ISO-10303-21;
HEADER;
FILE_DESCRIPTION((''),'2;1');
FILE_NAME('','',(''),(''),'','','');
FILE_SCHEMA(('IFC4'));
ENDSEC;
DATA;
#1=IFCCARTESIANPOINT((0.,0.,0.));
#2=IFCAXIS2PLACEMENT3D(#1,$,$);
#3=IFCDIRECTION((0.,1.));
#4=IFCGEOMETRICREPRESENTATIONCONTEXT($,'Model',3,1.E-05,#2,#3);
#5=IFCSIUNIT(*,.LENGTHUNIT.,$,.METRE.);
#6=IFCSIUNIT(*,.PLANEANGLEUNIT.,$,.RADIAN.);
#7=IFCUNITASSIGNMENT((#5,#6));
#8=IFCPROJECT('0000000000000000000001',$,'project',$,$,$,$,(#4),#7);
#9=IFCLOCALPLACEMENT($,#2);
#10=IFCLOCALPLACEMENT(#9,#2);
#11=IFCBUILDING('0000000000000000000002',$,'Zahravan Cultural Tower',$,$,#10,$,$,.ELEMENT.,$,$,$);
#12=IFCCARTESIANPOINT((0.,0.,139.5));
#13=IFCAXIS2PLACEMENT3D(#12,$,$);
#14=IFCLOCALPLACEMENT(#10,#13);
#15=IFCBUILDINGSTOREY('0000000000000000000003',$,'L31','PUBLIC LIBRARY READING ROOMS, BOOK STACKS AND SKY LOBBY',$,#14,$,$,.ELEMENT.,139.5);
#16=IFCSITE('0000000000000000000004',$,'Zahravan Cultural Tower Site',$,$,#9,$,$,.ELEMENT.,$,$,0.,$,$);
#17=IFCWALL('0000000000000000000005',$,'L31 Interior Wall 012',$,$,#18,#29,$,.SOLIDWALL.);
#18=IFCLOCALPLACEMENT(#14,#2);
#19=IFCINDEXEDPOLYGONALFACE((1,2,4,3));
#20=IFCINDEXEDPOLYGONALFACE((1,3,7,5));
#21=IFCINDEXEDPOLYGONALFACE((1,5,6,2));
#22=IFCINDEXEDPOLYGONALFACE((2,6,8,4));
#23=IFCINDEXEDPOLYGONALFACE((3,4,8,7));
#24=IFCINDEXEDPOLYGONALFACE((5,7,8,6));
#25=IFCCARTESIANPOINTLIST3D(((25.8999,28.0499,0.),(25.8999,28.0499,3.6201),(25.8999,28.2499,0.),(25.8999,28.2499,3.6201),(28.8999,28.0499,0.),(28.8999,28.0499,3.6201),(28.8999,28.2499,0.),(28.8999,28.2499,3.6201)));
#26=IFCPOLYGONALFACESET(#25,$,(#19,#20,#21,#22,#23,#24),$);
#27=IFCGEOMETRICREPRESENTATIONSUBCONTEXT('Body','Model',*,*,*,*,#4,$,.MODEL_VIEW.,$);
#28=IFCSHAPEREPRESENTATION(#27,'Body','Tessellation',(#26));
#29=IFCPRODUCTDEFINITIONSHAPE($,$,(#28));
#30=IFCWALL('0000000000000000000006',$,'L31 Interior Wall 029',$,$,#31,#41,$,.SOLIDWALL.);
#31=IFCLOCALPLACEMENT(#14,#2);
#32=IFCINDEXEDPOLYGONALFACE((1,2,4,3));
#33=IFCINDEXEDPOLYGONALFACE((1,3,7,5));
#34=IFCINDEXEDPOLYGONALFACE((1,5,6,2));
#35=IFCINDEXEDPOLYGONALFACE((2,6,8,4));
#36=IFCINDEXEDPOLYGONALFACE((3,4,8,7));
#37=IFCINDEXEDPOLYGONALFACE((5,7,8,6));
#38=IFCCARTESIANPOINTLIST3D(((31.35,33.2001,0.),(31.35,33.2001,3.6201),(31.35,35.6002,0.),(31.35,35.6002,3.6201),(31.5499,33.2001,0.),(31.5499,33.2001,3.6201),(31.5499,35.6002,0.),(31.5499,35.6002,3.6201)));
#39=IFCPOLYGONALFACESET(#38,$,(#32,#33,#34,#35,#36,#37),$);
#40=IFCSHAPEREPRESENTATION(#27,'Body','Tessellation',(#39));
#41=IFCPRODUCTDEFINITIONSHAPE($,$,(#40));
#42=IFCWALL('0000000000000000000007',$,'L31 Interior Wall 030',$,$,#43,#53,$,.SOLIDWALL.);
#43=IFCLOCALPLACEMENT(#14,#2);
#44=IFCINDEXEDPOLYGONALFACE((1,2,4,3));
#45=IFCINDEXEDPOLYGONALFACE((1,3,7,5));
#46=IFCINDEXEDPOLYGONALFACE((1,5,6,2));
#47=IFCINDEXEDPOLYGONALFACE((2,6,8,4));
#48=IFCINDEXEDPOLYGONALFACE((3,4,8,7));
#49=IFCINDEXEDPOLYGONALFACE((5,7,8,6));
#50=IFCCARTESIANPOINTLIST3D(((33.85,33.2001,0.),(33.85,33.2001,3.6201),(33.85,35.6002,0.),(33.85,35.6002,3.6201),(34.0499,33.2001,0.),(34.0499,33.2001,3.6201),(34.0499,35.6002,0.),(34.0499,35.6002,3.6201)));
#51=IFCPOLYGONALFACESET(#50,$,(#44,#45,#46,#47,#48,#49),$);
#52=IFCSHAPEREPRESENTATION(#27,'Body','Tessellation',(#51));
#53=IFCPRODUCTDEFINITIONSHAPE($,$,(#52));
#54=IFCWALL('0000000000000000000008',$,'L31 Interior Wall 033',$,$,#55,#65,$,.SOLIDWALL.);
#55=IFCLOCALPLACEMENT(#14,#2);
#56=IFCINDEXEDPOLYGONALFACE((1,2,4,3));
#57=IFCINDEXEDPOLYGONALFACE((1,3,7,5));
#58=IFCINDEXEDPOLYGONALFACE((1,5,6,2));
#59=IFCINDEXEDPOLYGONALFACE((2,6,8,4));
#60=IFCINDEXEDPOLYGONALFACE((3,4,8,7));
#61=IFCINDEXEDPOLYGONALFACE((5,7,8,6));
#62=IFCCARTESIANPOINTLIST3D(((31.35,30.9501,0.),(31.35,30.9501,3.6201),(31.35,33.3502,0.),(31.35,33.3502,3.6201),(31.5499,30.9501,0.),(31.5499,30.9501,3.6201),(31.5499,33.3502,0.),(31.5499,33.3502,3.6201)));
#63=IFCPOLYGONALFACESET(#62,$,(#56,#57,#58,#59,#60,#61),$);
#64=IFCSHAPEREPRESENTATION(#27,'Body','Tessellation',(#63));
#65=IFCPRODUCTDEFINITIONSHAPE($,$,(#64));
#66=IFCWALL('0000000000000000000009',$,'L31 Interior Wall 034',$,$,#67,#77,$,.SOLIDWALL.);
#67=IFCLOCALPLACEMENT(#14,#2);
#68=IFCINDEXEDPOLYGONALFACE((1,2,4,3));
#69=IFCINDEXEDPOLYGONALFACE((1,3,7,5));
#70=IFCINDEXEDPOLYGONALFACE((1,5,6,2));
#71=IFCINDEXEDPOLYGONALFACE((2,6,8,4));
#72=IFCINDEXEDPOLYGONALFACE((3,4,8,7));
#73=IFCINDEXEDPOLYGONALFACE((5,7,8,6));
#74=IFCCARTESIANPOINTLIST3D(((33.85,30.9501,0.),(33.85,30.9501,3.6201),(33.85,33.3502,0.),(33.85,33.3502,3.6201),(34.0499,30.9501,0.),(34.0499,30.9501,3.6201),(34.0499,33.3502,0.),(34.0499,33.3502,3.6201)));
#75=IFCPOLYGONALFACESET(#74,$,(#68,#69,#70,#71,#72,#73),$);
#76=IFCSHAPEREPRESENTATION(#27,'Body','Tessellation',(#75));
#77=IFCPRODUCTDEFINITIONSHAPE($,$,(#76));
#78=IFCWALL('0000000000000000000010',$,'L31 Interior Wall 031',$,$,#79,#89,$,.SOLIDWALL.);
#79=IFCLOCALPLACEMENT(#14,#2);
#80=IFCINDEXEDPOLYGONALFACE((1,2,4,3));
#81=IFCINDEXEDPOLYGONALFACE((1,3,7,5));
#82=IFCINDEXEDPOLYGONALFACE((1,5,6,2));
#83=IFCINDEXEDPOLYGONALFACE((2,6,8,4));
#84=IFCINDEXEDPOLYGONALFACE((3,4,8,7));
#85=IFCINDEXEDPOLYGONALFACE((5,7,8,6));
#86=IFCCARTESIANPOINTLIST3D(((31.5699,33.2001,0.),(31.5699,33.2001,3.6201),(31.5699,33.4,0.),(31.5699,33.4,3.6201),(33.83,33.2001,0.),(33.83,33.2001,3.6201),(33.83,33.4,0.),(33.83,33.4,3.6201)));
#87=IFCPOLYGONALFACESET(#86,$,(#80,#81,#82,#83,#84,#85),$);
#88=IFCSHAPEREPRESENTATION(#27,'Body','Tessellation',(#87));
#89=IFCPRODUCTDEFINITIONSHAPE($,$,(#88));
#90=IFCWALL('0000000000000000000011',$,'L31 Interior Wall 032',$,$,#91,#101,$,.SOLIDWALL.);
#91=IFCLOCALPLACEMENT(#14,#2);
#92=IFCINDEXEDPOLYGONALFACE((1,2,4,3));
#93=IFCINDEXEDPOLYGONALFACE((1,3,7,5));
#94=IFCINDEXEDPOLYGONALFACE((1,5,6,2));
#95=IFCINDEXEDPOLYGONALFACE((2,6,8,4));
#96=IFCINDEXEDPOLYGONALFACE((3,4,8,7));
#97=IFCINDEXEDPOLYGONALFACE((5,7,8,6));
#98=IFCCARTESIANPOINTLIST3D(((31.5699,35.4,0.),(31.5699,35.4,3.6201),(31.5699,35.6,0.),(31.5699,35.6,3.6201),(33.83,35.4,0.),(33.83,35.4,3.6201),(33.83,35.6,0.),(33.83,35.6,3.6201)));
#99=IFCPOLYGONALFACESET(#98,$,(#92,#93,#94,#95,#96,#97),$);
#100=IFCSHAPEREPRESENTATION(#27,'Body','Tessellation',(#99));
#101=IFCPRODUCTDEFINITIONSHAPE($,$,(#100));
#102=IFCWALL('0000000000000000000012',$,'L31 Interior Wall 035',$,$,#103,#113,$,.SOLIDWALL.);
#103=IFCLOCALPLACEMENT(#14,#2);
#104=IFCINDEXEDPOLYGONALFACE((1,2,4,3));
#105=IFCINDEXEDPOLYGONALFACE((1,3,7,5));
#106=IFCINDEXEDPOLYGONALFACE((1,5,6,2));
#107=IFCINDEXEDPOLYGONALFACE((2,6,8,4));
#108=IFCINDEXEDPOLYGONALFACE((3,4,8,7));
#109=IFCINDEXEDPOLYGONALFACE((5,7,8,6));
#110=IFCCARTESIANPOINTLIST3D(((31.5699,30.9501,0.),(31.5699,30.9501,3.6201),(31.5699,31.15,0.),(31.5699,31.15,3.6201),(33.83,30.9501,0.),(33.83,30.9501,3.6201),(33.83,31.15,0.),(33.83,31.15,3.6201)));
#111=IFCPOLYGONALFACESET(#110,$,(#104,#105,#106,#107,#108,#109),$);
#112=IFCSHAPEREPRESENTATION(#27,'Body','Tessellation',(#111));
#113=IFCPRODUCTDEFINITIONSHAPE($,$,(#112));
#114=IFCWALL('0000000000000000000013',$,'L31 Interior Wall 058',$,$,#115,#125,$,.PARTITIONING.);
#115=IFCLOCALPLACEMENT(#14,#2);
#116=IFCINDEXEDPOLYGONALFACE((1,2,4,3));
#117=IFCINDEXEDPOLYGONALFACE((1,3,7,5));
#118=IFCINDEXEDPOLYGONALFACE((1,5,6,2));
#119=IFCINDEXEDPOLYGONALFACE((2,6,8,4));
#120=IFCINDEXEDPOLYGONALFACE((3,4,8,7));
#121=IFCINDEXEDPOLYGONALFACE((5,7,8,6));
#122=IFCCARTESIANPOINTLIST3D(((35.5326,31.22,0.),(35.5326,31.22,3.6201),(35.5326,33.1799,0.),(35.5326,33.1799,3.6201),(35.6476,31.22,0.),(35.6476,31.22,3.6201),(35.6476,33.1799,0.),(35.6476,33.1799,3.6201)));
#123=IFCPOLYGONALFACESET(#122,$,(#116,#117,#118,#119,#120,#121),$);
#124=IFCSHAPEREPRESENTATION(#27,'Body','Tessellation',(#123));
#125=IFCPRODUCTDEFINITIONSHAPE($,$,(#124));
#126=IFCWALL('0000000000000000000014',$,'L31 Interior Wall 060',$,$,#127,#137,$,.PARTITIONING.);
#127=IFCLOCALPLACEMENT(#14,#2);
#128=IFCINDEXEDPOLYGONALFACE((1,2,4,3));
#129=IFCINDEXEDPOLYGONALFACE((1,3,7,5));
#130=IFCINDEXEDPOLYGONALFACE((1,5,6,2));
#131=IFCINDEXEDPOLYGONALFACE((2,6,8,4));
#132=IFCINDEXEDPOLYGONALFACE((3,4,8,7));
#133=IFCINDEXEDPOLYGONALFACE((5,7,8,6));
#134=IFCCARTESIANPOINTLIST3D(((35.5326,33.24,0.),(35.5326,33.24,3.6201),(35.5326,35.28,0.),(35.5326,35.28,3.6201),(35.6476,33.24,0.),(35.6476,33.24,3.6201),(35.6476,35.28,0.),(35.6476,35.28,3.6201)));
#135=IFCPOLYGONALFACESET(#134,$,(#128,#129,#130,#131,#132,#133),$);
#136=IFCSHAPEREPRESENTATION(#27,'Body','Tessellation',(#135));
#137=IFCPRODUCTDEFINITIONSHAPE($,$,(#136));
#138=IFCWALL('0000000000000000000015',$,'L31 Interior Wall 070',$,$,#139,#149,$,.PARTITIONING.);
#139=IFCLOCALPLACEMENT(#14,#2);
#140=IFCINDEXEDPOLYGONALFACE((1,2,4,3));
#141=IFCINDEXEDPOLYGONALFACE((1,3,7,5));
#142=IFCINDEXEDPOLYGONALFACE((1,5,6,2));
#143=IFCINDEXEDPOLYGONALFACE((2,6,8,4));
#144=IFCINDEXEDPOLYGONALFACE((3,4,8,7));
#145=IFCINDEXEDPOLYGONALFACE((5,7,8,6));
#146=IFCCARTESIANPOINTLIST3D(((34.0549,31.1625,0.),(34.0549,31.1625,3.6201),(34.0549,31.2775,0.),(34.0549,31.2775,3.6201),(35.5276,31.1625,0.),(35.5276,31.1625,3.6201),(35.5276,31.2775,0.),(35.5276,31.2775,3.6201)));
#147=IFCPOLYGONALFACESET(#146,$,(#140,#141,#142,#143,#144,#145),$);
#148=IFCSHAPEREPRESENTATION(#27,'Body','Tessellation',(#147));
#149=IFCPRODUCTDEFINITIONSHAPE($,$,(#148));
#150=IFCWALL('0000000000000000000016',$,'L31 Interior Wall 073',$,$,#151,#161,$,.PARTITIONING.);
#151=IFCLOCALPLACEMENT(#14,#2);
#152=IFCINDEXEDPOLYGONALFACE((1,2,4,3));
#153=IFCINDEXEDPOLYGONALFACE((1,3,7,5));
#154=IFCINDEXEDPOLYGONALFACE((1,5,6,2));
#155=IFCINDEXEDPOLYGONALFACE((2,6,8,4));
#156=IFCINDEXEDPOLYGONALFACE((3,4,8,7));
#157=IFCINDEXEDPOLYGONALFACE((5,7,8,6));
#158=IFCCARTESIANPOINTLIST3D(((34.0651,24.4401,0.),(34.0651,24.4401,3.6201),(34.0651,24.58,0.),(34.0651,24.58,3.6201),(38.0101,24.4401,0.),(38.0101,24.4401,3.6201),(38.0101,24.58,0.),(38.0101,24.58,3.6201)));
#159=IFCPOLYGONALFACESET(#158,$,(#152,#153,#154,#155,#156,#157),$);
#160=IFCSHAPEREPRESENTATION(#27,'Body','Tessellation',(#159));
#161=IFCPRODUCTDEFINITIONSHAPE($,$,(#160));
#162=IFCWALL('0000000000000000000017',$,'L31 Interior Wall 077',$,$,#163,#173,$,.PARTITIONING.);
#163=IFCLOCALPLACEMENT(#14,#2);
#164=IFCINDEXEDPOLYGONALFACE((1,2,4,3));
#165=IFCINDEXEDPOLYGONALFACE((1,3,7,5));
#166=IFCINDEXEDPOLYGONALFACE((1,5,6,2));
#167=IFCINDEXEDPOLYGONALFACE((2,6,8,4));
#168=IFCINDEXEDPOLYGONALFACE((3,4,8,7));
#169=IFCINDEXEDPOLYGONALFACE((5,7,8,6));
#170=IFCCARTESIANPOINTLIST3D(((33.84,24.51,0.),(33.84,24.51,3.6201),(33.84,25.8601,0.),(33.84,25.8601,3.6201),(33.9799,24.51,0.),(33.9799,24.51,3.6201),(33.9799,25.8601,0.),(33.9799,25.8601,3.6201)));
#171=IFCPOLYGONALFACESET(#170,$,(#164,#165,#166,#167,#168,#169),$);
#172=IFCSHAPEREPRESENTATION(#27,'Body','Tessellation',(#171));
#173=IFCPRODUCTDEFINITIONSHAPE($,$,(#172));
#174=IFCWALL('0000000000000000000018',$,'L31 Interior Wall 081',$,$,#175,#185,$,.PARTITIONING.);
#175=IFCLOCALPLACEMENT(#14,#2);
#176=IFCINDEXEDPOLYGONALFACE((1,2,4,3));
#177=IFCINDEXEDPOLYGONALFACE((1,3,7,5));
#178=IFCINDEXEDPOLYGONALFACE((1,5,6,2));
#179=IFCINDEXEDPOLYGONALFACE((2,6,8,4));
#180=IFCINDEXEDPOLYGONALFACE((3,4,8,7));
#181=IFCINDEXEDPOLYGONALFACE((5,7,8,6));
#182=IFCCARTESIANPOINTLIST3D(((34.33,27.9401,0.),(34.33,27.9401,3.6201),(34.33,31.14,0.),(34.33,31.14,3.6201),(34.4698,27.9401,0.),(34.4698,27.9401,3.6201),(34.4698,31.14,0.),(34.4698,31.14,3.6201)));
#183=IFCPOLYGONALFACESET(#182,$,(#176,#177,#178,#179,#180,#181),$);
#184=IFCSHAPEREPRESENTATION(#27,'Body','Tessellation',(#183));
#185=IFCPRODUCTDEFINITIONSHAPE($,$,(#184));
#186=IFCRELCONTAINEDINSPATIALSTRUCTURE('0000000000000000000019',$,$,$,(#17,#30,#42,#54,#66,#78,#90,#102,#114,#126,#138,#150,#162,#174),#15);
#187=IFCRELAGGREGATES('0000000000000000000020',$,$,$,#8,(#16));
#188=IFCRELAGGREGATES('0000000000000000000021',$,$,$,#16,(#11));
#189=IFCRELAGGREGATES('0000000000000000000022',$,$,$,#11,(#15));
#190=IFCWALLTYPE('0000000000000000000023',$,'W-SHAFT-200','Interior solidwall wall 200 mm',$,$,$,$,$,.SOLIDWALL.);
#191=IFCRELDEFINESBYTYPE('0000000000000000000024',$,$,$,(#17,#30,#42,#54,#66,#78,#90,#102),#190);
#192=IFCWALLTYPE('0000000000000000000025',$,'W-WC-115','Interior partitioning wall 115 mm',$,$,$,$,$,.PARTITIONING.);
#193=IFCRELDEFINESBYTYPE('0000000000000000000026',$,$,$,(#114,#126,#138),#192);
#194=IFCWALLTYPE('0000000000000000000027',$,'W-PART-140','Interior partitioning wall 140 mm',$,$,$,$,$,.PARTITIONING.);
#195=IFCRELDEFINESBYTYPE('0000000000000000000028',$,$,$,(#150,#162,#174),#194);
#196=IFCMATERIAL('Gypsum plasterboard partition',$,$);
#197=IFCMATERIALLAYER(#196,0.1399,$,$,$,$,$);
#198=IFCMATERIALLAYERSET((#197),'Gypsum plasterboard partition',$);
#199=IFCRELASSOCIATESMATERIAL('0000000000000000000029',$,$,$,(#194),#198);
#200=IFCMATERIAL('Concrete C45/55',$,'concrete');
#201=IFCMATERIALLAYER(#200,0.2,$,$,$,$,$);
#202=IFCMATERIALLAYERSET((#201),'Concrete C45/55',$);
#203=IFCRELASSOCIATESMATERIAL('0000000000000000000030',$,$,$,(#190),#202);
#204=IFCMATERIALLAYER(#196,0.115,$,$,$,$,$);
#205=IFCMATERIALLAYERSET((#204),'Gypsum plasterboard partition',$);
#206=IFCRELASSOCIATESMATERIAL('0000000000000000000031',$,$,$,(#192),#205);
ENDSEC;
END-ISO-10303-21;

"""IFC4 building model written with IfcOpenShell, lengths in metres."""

from ifc_helpers import new_model, si_unit, direction, frame, frame_2d, origin, place, context, subcontext, project, spatial, rectangle, extrude, source, transform, mapped, material, layer, layer_set, type_object, element, save


model = new_model("IFC4")

# Units and contexts
model_context = context("Model", 3, precision=1e-05, world=origin(), true_north=direction((0.0, 1.0)))
body_context = subcontext(model_context, "Body", "Model", "MODEL_VIEW")
ifc_project = project(units=[si_unit("LENGTHUNIT", "METRE"), si_unit("PLANEANGLEUNIT", "RADIAN")], contexts=[model_context])

# Site, building, storey
site_placement = place(None, origin())
site = spatial("IfcSite", under=ifc_project, at=site_placement, Name="Zahravan Cultural Tower Site", CompositionType="ELEMENT", RefElevation=0.0)
building_placement = place(site_placement, origin())
building = spatial("IfcBuilding", under=site, at=building_placement, Name="Zahravan Cultural Tower", CompositionType="ELEMENT")
storey_placement = place(building_placement, frame((0.0, 0.0, 139.5)))
storey = spatial("IfcBuildingStorey", under=building, at=storey_placement, Name="L31", Description="PUBLIC LIBRARY READING ROOMS, BOOK STACKS AND SKY LOBBY", CompositionType="ELEMENT", Elevation=139.5)

# Shared definitions
ifc_material_1 = material(Name="Gypsum plasterboard partition")
ifc_layer_1 = layer(ifc_material_1, 0.1399)
ifc_layer_set_1 = layer_set([ifc_layer_1], Name="Gypsum plasterboard partition")
wall_type_1 = type_object("IfcWallType", Name="W-PART-140", Description="Interior partitioning wall 140 mm", PredefinedType="PARTITIONING", material=ifc_layer_set_1)
ifc_material_2 = material(Name="Concrete C45/55", Category="concrete")
ifc_layer_2 = layer(ifc_material_2, 0.2)
ifc_layer_set_2 = layer_set([ifc_layer_2], Name="Concrete C45/55")
wall_type_2 = type_object("IfcWallType", Name="W-SHAFT-200", Description="Interior solidwall wall 200 mm", PredefinedType="SOLIDWALL", material=ifc_layer_set_2)
ifc_layer_3 = layer(ifc_material_1, 0.115)
ifc_layer_set_3 = layer_set([ifc_layer_3], Name="Gypsum plasterboard partition")
wall_type_3 = type_object("IfcWallType", Name="W-WC-115", Description="Interior partitioning wall 115 mm", PredefinedType="PARTITIONING", material=ifc_layer_set_3)

# Walls
shared_shape_1 = source(origin(), body_context, "Body", "SweptSolid", [
    extrude(rectangle(XDim=3.0, YDim=0.2, at=frame_2d((1.5, 0.0))), origin(), (0.0, 0.0, 1.0), 3.6201),
])
wall_1_placement = place(storey_placement, frame((25.8999, 28.1499, 0.0), z_axis=(0.0, 0.0, 1.0), x_axis=(1.0, 0.0, 0.0)))
element("IfcWall", 1, at=wall_1_placement, inside=storey, type_object=wall_type_2, Name="L31 Interior Wall 012", PredefinedType="SOLIDWALL", context=body_context, shape_type="MappedRepresentation", body=[
    mapped(shared_shape_1, transform((0.0, 0.0, 0.0), x_axis=(1.0, 0.0, 0.0), y_axis=(0.0, 1.0, 0.0), z_axis=(0.0, 0.0, 1.0), scale=1.0)),
])
shared_shape_2 = source(origin(), body_context, "Body", "SweptSolid", [
    extrude(rectangle(XDim=2.4001, YDim=0.2, at=frame_2d((1.2002, 0.0))), origin(), (0.0, 0.0, 1.0), 3.6201),
])
for number, where, z_axis, x_axis, name in (
    (2, (31.45, 33.2, 0.0), (0.0, 0.0, 1.0), (0.0, 1.0, 0.0), "L31 Interior Wall 029"),
    (3, (33.95, 33.2, 0.0), (0.0, 0.0, 1.0), (0.0, 1.0, 0.0), "L31 Interior Wall 030"),
    (4, (31.45, 30.95, 0.0), (0.0, 0.0, 1.0), (0.0, 1.0, 0.0), "L31 Interior Wall 033"),
    (5, (33.95, 30.95, 0.0), (0.0, 0.0, 1.0), (0.0, 1.0, 0.0), "L31 Interior Wall 034"),
):
    element("IfcWall", number, at=place(storey_placement, frame(where, z_axis=z_axis, x_axis=x_axis)), inside=storey, type_object=wall_type_2, Name=name, PredefinedType="SOLIDWALL", context=body_context, shape_type="MappedRepresentation", body=[
        mapped(shared_shape_2, transform((0.0, 0.0, 0.0), x_axis=(1.0, 0.0, 0.0), y_axis=(0.0, 1.0, 0.0), z_axis=(0.0, 0.0, 1.0), scale=1.0)),
    ])
shared_shape_3 = source(origin(), body_context, "Body", "SweptSolid", [
    extrude(rectangle(XDim=2.26, YDim=0.2, at=frame_2d((1.1299, 0.0))), origin(), (0.0, 0.0, 1.0), 3.6201),
])
for number, where, z_axis, x_axis, name in (
    (6, (31.5701, 33.3, 0.0), (0.0, 0.0, 1.0), (1.0, 0.0, 0.0), "L31 Interior Wall 031"),
    (7, (31.5701, 35.5, 0.0), (0.0, 0.0, 1.0), (1.0, 0.0, 0.0), "L31 Interior Wall 032"),
    (8, (31.5701, 31.05, 0.0), (0.0, 0.0, 1.0), (1.0, 0.0, 0.0), "L31 Interior Wall 035"),
):
    element("IfcWall", number, at=place(storey_placement, frame(where, z_axis=z_axis, x_axis=x_axis)), inside=storey, type_object=wall_type_2, Name=name, PredefinedType="SOLIDWALL", context=body_context, shape_type="MappedRepresentation", body=[
        mapped(shared_shape_3, transform((0.0, 0.0, 0.0), x_axis=(1.0, 0.0, 0.0), y_axis=(0.0, 1.0, 0.0), z_axis=(0.0, 0.0, 1.0), scale=1.0)),
    ])
shared_shape_4 = source(origin(), body_context, "Body", "SweptSolid", [
    extrude(rectangle(XDim=1.96, YDim=0.115, at=frame_2d((0.98, 0.0))), origin(), (0.0, 0.0, 1.0), 3.6201),
])
wall_2_placement = place(storey_placement, frame((35.5901, 31.22, 0.0), z_axis=(0.0, 0.0, 1.0), x_axis=(0.0, 1.0, 0.0)))
element("IfcWall", 9, at=wall_2_placement, inside=storey, type_object=wall_type_3, Name="L31 Interior Wall 058", PredefinedType="PARTITIONING", context=body_context, shape_type="MappedRepresentation", body=[
    mapped(shared_shape_4, transform((0.0, 0.0, 0.0), x_axis=(1.0, 0.0, 0.0), y_axis=(0.0, 1.0, 0.0), z_axis=(0.0, 0.0, 1.0), scale=1.0)),
])
shared_shape_5 = source(origin(), body_context, "Body", "SweptSolid", [
    extrude(rectangle(XDim=2.04, YDim=0.115, at=frame_2d((1.02, 0.0))), origin(), (0.0, 0.0, 1.0), 3.6201),
])
wall_3_placement = place(storey_placement, frame((35.5901, 33.24, 0.0), z_axis=(0.0, 0.0, 1.0), x_axis=(0.0, 1.0, 0.0)))
element("IfcWall", 10, at=wall_3_placement, inside=storey, type_object=wall_type_3, Name="L31 Interior Wall 060", PredefinedType="PARTITIONING", context=body_context, shape_type="MappedRepresentation", body=[
    mapped(shared_shape_5, transform((0.0, 0.0, 0.0), x_axis=(1.0, 0.0, 0.0), y_axis=(0.0, 1.0, 0.0), z_axis=(0.0, 0.0, 1.0), scale=1.0)),
])
shared_shape_6 = source(origin(), body_context, "Body", "SweptSolid", [
    extrude(rectangle(XDim=1.4727, YDim=0.115, at=frame_2d((0.7363, 0.0))), origin(), (0.0, 0.0, 1.0), 3.6201),
])
wall_4_placement = place(storey_placement, frame((35.5276, 31.22, 0.0), z_axis=(0.0, 0.0, 1.0), x_axis=(-1.0, 0.0, 0.0)))
element("IfcWall", 11, at=wall_4_placement, inside=storey, type_object=wall_type_3, Name="L31 Interior Wall 070", PredefinedType="PARTITIONING", context=body_context, shape_type="MappedRepresentation", body=[
    mapped(shared_shape_6, transform((0.0, 0.0, 0.0), x_axis=(1.0, 0.0, 0.0), y_axis=(0.0, 1.0, 0.0), z_axis=(0.0, 0.0, 1.0), scale=1.0)),
])
shared_shape_7 = source(origin(), body_context, "Body", "SweptSolid", [
    extrude(rectangle(XDim=3.9451, YDim=0.1399, at=frame_2d((1.9727, 0.0))), origin(), (0.0, 0.0, 1.0), 3.6201),
])
wall_5_placement = place(storey_placement, frame((34.0649, 24.51, 0.0), z_axis=(0.0, 0.0, 1.0), x_axis=(1.0, 0.0, 0.0)))
element("IfcWall", 12, at=wall_5_placement, inside=storey, type_object=wall_type_1, Name="L31 Interior Wall 073", PredefinedType="PARTITIONING", context=body_context, shape_type="MappedRepresentation", body=[
    mapped(shared_shape_7, transform((0.0, 0.0, 0.0), x_axis=(1.0, 0.0, 0.0), y_axis=(0.0, 1.0, 0.0), z_axis=(0.0, 0.0, 1.0), scale=1.0)),
])
shared_shape_8 = source(origin(), body_context, "Body", "SweptSolid", [
    extrude(rectangle(XDim=1.3501, YDim=0.1399, at=frame_2d((0.675, 0.0))), origin(), (0.0, 0.0, 1.0), 3.6201),
])
wall_6_placement = place(storey_placement, frame((33.9099, 25.8601, 0.0), z_axis=(0.0, 0.0, 1.0), x_axis=(0.0, -1.0, 0.0)))
element("IfcWall", 13, at=wall_6_placement, inside=storey, type_object=wall_type_1, Name="L31 Interior Wall 077", PredefinedType="PARTITIONING", context=body_context, shape_type="MappedRepresentation", body=[
    mapped(shared_shape_8, transform((0.0, 0.0, 0.0), x_axis=(1.0, 0.0, 0.0), y_axis=(0.0, 1.0, 0.0), z_axis=(0.0, 0.0, 1.0), scale=1.0)),
])
shared_shape_9 = source(origin(), body_context, "Body", "SweptSolid", [
    extrude(rectangle(XDim=3.2, YDim=0.1399, at=frame_2d((1.6001, 0.0))), origin(), (0.0, 0.0, 1.0), 3.6201),
])
wall_7_placement = place(storey_placement, frame((34.3999, 27.9399, 0.0), z_axis=(0.0, 0.0, 1.0), x_axis=(0.0, 1.0, 0.0)))
element("IfcWall", 14, at=wall_7_placement, inside=storey, type_object=wall_type_1, Name="L31 Interior Wall 081", PredefinedType="PARTITIONING", context=body_context, shape_type="MappedRepresentation", body=[
    mapped(shared_shape_9, transform((0.0, 0.0, 0.0), x_axis=(1.0, 0.0, 0.0), y_axis=(0.0, 1.0, 0.0), z_axis=(0.0, 0.0, 1.0), scale=1.0)),
])

save(model, "model.ifc")
